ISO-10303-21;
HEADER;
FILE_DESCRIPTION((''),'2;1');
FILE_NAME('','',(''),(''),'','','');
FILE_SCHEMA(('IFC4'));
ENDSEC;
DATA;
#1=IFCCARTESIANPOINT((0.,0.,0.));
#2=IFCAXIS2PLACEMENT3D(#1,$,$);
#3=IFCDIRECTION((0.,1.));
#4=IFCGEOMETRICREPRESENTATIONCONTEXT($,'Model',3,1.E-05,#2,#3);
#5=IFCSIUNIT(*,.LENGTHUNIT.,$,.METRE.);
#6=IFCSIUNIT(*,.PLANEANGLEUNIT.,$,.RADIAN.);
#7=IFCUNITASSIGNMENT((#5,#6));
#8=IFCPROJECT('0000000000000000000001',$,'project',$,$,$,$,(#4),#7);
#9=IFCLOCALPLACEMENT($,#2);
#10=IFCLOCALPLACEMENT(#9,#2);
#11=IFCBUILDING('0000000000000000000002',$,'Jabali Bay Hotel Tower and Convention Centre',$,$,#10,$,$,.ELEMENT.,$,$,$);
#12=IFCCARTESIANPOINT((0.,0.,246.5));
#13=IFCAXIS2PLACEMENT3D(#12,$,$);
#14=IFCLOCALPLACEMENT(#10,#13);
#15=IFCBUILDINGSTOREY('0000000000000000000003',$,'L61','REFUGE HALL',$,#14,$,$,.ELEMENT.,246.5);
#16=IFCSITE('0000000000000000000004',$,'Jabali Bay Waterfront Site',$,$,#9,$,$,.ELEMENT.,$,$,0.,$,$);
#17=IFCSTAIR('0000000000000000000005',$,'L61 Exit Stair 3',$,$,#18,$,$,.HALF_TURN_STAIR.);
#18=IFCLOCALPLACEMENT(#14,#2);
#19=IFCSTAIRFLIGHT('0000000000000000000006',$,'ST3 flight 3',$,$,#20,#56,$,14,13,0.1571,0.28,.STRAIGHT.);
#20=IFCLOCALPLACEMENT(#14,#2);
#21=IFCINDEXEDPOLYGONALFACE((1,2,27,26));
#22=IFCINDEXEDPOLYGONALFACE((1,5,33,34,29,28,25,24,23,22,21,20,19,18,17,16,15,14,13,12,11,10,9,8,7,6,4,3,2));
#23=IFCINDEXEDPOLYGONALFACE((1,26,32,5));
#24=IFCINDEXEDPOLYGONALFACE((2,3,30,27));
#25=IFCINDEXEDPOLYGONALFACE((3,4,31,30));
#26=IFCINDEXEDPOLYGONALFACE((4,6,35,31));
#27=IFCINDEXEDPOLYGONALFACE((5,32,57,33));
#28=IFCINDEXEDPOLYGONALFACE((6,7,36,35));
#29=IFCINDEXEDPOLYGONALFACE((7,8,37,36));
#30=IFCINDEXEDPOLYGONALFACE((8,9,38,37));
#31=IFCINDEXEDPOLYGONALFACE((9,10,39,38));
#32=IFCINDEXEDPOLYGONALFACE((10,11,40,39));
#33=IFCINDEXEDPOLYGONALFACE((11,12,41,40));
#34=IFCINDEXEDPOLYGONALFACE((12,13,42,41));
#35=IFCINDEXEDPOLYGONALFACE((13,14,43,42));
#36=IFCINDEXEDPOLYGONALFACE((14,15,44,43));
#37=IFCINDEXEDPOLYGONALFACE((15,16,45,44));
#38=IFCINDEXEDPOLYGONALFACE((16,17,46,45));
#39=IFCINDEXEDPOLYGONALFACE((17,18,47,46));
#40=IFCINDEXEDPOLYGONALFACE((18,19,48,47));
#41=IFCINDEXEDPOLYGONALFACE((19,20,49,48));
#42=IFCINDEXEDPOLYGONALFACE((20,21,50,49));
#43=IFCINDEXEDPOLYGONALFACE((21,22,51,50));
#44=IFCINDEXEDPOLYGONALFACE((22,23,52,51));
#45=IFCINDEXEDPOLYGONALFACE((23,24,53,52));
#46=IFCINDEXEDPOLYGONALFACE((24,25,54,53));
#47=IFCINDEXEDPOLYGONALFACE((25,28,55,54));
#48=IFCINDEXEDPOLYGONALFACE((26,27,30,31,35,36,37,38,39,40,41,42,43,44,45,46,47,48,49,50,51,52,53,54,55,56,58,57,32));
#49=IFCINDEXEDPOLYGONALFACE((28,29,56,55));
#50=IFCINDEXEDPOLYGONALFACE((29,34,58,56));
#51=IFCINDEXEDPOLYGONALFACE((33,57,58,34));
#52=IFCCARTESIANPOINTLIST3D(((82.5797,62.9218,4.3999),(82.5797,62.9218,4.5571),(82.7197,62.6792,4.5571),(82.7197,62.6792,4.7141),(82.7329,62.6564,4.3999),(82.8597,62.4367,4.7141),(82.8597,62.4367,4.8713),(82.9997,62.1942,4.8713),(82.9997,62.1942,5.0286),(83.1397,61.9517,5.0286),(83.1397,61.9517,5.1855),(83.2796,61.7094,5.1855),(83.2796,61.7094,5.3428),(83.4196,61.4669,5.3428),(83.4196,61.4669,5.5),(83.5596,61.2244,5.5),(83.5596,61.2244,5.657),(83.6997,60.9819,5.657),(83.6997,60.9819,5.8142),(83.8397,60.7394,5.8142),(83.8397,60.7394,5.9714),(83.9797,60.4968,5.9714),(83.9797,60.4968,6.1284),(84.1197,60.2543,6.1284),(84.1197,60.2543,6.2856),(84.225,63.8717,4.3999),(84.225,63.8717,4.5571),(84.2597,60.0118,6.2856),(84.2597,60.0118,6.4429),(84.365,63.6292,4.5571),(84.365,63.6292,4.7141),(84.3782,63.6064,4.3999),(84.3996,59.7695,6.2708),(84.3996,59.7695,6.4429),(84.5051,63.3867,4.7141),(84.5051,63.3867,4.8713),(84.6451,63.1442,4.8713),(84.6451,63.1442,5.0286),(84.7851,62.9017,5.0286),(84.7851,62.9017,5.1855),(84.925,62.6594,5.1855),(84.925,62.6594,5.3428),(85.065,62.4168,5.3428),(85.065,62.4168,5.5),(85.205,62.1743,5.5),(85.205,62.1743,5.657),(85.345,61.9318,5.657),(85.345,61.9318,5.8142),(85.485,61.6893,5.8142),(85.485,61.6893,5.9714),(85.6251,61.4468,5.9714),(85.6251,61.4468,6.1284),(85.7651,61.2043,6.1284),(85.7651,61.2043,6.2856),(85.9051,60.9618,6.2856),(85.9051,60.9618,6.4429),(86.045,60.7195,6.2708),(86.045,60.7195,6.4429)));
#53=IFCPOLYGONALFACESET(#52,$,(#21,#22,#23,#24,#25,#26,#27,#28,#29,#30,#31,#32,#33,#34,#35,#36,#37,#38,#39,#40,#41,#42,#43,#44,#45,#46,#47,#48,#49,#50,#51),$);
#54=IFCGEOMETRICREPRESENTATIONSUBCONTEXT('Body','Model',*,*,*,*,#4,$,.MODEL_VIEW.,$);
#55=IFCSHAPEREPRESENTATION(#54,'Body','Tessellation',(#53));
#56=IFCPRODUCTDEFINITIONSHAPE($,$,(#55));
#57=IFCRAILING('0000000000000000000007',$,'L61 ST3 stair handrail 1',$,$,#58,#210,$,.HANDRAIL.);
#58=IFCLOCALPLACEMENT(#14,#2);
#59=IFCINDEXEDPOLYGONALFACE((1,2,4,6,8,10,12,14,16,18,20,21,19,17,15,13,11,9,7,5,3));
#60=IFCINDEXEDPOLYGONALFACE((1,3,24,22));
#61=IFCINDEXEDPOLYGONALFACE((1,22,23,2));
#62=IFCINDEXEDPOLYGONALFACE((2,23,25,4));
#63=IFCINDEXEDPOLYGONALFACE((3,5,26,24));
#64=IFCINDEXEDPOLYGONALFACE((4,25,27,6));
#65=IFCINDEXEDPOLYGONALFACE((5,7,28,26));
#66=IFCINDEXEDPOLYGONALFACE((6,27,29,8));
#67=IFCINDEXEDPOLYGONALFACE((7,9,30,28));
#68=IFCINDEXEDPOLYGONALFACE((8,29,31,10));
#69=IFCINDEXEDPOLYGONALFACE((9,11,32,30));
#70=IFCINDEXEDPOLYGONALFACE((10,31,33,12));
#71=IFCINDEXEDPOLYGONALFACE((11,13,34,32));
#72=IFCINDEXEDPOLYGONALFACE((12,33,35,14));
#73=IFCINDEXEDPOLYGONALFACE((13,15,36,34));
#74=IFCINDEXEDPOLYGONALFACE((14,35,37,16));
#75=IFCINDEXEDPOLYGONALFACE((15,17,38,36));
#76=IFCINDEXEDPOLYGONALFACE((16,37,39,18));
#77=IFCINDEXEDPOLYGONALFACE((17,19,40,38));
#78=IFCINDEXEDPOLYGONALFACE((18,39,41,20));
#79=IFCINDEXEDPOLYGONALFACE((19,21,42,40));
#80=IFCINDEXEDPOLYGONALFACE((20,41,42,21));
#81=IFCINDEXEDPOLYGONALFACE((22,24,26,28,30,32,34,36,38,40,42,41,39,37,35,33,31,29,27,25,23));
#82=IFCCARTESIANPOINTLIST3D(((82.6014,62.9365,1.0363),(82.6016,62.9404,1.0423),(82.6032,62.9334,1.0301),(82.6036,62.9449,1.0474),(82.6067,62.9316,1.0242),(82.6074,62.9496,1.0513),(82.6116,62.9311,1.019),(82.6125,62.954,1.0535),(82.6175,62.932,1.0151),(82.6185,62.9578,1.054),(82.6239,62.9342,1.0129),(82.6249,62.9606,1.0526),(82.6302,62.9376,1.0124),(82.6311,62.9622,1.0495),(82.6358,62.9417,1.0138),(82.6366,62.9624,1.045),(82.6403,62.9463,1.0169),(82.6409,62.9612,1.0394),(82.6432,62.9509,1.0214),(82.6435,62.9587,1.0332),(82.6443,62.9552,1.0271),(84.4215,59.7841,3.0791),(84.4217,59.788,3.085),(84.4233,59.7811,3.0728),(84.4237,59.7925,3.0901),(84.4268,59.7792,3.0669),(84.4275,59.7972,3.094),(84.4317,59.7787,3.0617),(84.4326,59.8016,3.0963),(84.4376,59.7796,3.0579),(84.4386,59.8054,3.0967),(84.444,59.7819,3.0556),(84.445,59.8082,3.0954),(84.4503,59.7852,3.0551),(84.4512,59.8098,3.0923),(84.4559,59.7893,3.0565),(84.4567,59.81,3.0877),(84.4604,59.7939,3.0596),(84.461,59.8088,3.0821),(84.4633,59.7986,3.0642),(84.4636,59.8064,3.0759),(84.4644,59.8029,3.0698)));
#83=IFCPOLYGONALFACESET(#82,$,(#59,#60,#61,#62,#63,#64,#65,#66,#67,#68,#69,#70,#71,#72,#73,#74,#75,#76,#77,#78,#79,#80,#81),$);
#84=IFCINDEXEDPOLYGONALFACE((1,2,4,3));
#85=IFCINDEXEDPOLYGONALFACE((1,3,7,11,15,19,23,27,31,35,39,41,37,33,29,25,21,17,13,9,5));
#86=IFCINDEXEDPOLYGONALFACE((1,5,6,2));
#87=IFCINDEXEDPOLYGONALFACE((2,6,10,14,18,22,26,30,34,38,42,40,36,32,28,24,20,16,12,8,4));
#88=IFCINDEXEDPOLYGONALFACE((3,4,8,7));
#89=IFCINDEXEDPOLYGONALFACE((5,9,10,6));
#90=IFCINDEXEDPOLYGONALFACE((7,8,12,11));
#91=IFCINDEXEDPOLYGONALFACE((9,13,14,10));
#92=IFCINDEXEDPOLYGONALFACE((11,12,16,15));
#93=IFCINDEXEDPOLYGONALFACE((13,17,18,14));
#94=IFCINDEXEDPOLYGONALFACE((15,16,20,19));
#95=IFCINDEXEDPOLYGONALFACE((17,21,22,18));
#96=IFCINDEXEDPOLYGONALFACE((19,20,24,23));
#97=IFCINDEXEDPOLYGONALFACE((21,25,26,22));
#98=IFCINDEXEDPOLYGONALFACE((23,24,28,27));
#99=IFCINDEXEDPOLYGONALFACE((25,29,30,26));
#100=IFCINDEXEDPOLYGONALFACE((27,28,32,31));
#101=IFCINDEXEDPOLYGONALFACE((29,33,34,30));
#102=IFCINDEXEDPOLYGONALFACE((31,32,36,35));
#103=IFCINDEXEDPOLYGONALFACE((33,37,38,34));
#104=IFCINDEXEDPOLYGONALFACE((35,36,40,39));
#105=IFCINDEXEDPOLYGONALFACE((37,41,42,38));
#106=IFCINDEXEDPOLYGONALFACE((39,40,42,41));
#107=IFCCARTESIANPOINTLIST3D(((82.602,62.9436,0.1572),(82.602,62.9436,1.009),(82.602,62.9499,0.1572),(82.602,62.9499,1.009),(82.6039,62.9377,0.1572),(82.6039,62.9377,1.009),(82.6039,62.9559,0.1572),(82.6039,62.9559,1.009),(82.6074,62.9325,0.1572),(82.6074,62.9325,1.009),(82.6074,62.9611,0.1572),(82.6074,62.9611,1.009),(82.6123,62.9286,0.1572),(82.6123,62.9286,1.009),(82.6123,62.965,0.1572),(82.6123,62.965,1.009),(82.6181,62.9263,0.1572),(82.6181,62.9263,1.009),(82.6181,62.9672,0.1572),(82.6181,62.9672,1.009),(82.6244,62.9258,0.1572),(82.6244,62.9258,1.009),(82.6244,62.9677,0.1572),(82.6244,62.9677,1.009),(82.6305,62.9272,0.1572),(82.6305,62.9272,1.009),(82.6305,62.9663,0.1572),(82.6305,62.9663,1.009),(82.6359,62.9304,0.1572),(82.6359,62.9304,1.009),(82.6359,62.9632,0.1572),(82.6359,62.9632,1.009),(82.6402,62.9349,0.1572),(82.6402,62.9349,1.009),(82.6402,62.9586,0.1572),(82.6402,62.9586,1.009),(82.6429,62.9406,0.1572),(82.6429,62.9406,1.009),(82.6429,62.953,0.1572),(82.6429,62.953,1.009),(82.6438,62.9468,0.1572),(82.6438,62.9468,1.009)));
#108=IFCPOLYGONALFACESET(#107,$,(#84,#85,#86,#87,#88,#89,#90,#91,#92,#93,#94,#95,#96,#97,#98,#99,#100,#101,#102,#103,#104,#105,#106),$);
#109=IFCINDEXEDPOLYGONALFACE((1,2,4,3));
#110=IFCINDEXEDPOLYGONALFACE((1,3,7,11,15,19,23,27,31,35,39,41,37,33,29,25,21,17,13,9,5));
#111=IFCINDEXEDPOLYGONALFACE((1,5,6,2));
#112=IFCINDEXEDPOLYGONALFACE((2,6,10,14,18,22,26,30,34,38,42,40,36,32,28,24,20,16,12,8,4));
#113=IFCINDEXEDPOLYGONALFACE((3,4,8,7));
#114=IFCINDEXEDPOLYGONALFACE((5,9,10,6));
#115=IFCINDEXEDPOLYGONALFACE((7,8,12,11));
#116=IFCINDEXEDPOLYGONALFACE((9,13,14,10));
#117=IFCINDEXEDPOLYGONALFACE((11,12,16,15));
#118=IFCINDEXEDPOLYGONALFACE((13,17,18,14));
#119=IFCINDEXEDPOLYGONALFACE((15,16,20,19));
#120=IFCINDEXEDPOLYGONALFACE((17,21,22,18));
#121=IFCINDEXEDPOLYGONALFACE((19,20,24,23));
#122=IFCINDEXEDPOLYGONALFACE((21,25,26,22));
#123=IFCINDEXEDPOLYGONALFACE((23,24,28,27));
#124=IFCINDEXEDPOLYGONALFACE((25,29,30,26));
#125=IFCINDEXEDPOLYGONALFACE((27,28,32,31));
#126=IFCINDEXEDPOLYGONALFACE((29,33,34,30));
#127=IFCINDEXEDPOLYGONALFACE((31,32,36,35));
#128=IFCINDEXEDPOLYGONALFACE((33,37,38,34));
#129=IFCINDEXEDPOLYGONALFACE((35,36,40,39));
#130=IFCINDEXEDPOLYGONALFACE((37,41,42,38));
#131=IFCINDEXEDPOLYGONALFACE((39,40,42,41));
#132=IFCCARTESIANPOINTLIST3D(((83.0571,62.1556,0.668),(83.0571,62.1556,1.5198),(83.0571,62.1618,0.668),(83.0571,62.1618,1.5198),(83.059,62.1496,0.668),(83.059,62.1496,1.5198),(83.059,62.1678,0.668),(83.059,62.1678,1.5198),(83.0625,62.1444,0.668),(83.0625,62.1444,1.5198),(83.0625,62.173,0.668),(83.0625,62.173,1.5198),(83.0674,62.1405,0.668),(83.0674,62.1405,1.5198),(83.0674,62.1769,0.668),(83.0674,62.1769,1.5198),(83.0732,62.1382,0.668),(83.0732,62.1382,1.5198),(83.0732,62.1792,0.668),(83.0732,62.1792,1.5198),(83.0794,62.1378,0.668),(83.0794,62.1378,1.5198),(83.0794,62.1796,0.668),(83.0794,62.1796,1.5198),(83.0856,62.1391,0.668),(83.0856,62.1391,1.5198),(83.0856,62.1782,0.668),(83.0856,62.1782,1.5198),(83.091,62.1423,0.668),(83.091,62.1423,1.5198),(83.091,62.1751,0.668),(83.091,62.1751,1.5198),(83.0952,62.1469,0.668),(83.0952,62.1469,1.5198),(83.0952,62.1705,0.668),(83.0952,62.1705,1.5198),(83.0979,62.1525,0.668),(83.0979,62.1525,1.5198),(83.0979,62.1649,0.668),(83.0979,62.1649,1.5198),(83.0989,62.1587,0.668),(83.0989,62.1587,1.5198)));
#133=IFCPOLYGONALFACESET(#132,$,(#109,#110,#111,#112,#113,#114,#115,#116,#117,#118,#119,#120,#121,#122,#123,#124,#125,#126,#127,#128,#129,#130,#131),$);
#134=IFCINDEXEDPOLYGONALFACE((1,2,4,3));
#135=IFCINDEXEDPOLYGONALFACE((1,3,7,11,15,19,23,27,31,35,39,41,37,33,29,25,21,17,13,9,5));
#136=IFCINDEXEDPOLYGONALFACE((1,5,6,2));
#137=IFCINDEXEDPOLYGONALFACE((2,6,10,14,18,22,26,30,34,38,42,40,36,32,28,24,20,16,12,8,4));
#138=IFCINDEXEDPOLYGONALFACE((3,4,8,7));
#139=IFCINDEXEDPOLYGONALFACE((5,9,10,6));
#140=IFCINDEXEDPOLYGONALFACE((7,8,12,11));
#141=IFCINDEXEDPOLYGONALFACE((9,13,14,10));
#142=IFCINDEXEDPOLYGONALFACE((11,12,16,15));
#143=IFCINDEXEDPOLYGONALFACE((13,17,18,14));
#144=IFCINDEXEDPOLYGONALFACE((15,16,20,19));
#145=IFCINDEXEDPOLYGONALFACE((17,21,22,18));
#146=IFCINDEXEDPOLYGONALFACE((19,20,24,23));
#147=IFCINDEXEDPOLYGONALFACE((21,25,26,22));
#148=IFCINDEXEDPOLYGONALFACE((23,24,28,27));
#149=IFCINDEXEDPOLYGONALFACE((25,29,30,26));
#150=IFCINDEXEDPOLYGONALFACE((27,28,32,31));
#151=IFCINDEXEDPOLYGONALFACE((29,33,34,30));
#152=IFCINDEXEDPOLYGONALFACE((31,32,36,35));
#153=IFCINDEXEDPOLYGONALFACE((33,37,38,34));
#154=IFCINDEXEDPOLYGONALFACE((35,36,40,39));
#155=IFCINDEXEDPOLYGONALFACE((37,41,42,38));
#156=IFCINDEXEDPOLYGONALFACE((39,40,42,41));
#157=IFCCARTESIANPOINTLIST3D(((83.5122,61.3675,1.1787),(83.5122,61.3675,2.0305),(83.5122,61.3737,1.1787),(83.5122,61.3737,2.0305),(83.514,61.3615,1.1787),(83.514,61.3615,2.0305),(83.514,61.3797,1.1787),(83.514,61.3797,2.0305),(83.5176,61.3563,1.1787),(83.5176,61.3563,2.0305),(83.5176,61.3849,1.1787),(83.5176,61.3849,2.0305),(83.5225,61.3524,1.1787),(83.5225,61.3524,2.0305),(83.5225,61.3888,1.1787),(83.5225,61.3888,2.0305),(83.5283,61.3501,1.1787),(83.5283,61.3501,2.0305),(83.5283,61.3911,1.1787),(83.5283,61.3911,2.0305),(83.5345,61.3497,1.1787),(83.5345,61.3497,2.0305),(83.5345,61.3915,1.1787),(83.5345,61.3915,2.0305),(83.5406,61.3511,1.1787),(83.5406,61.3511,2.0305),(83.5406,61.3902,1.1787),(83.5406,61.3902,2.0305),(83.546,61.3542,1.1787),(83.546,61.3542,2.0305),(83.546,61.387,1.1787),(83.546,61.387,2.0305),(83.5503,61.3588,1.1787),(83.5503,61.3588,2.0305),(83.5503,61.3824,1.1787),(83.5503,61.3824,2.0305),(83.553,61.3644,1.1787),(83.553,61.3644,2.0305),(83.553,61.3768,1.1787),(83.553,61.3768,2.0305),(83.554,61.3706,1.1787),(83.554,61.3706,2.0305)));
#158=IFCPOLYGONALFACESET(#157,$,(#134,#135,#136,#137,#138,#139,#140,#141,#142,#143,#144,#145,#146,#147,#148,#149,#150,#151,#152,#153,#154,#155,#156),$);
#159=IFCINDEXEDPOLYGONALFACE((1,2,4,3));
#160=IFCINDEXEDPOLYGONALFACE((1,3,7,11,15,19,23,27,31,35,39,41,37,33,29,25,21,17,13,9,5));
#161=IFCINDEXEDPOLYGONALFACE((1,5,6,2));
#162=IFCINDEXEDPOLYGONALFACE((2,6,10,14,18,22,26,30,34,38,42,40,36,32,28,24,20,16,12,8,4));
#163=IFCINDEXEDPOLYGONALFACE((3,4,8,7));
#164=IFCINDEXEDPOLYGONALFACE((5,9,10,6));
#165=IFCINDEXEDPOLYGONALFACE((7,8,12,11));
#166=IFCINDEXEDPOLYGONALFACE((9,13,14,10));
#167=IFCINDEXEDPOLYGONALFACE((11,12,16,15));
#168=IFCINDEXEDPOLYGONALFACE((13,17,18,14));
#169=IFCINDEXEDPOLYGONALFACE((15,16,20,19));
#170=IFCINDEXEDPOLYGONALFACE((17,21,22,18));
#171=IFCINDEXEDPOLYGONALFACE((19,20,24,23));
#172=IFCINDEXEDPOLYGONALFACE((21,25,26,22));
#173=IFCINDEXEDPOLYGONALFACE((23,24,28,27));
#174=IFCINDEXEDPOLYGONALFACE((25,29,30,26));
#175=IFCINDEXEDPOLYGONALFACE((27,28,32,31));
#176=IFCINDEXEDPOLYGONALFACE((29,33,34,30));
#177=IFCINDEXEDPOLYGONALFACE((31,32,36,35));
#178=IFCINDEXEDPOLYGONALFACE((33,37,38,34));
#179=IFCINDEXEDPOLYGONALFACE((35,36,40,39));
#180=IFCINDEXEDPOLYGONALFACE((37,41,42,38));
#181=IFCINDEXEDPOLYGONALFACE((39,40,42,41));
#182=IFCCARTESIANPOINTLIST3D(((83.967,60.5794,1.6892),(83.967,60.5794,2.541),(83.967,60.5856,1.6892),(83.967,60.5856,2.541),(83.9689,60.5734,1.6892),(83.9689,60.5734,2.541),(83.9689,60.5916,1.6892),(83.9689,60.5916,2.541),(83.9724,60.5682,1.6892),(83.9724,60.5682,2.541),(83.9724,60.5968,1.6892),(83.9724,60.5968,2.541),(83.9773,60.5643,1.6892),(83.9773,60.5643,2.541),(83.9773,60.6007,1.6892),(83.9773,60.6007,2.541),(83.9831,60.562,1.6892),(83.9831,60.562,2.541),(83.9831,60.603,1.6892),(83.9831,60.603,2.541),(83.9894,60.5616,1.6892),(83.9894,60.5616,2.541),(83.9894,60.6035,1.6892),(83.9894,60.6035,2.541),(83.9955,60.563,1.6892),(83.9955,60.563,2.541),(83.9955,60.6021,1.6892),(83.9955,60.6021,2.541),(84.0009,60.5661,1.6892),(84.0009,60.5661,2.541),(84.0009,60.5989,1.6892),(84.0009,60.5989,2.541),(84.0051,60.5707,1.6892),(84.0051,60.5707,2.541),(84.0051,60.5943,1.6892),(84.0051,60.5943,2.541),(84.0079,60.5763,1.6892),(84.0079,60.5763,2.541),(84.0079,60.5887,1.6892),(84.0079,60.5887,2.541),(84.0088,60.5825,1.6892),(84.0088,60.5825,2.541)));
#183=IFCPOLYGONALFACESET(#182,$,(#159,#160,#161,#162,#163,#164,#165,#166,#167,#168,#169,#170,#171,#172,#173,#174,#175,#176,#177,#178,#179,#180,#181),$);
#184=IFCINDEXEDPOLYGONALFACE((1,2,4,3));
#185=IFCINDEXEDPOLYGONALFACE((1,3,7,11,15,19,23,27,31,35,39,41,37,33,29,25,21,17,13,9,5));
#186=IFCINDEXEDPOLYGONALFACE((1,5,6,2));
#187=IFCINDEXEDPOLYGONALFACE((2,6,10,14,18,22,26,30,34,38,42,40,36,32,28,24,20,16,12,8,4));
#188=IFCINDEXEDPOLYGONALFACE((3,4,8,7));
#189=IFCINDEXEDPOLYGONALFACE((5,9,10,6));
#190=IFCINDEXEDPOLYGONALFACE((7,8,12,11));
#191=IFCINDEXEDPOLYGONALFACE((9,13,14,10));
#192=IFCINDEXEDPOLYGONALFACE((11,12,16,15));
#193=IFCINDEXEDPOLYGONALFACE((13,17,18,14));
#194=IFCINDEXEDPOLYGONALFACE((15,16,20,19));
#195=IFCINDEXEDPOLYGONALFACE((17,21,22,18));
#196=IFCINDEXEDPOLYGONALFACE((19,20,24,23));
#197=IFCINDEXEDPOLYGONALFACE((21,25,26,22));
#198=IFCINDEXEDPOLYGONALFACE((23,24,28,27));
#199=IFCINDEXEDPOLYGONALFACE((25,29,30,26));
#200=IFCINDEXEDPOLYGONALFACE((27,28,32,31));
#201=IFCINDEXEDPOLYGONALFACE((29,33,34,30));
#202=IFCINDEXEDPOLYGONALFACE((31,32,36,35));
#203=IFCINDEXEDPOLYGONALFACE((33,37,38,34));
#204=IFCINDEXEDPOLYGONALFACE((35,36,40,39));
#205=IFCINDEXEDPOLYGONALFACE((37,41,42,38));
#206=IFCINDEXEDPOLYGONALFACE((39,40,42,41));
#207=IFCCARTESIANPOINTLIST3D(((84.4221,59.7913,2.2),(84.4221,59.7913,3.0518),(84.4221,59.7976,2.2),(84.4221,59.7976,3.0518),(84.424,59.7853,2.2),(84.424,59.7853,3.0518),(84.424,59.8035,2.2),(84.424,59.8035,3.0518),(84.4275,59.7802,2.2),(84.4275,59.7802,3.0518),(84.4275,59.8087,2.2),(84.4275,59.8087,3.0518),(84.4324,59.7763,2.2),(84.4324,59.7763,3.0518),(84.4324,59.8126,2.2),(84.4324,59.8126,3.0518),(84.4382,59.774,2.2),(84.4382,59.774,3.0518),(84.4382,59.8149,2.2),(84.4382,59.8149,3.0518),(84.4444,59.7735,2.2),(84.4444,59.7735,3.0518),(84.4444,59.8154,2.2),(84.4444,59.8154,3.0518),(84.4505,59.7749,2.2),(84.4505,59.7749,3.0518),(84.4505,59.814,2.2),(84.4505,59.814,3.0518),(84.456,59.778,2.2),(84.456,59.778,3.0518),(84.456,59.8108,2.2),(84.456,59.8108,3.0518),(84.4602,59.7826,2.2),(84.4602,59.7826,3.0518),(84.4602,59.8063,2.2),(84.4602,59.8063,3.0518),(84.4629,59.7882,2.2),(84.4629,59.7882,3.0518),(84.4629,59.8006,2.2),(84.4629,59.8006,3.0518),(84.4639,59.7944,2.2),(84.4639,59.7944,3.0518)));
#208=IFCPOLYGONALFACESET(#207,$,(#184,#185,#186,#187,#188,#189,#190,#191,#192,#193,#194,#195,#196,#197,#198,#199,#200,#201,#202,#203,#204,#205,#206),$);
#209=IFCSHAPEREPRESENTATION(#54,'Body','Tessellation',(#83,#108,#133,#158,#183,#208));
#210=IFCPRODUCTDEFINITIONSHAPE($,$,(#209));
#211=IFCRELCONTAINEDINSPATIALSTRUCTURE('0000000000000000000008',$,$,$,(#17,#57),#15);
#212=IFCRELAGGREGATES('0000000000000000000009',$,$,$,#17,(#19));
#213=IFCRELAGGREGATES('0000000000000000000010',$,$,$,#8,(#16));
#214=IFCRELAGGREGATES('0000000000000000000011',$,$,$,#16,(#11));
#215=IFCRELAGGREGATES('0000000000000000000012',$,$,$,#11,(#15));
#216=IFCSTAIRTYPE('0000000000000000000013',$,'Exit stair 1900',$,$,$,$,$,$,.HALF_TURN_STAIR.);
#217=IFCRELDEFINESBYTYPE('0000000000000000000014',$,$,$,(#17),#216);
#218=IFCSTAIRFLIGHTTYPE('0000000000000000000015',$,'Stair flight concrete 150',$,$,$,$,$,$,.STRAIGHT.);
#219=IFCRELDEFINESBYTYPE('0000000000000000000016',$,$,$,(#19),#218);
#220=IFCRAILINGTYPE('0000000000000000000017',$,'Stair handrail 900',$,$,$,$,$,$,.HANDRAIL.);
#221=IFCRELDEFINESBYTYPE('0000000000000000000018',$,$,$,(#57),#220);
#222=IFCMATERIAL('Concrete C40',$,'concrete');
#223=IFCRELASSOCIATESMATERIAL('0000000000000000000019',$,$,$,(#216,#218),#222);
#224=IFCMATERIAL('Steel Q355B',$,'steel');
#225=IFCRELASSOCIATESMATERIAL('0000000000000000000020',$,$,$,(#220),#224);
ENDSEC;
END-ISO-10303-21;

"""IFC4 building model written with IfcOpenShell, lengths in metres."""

from ifc_helpers import new_model, si_unit, direction, frame, origin, origin_2d, place, context, subcontext, project, spatial, polyline, circle, outline, extrude, material, type_object, element, aggregate, save


model = new_model("IFC4")

# Units and contexts
model_context = context("Model", 3, precision=1e-05, world=origin(), true_north=direction((0.0, 1.0)))
body_context = subcontext(model_context, "Body", "Model", "MODEL_VIEW")
ifc_project = project(units=[si_unit("LENGTHUNIT", "METRE"), si_unit("PLANEANGLEUNIT", "RADIAN")], contexts=[model_context])

# Site, building, storey
site_placement = place(None, origin())
site = spatial("IfcSite", under=ifc_project, at=site_placement, Name="Jabali Bay Waterfront Site", CompositionType="ELEMENT", RefElevation=0.0)
building_placement = place(site_placement, origin())
building = spatial("IfcBuilding", under=site, at=building_placement, Name="Jabali Bay Hotel Tower and Convention Centre", CompositionType="ELEMENT")
storey_placement = place(building_placement, frame((0.0, 0.0, 246.5)))
storey = spatial("IfcBuildingStorey", under=building, at=storey_placement, Name="L61", Description="REFUGE HALL", CompositionType="ELEMENT", Elevation=246.5)

# Shared definitions
ifc_material_1 = material(Name="Concrete C40", Category="concrete")

# Shared definitions
ifc_material_2 = material(Name="Steel Q355B", Category="steel")

# Stair, stair flight
stair_type = type_object("IfcStairType", Name="Exit stair 1900", PredefinedType="HALF_TURN_STAIR", material=ifc_material_1)
stair_placement = place(storey_placement, origin())
stair = element("IfcStair", 1, at=stair_placement, inside=storey, type_object=stair_type, Name="L61 Exit Stair 3", PredefinedType="HALF_TURN_STAIR")
stair_flight_type = type_object("IfcStairFlightType", Name="Stair flight concrete 150", PredefinedType="STRAIGHT", material=ifc_material_1)
stair_flight_1_placement = place(storey_placement, frame((83.4023, 63.3967, 4.3999), z_axis=(0.0, 0.0, 1.0), x_axis=(0.5, -0.866025, 0.0)))
stair_flight_1 = element("IfcStairFlight", 2, at=stair_flight_1_placement, type_object=stair_flight_type, Name="ST3 flight 3", NumberOfRisers=14, NumberOfTreads=13, PredefinedType="STRAIGHT", RiserHeight=0.1571, TreadLength=0.28, context=body_context, shape_type="SweptSolid", body=[
    extrude(outline(polyline([(0.0, 0.0), (0.0, 0.1572), (0.28, 0.1572), (0.28, 0.3142), (0.5601, 0.3142), (0.5601, 0.4714), (0.8401, 0.4714), (0.8401, 0.6287), (1.1201, 0.6287), (1.1201, 0.7856), (1.3999, 0.7856), (1.3999, 0.9429), (1.6799, 0.9429), (1.6799, 1.1001), (1.96, 1.1001), (1.96, 1.2571), (2.24, 1.2571), (2.24, 1.4143), (2.52, 1.4143), (2.52, 1.5715), (2.8, 1.5715), (2.8, 1.7285), (3.0801, 1.7285), (3.0801, 1.8857), (3.3601, 1.8857), (3.3601, 2.043), (3.6399, 2.043), (3.6399, 2.2), (3.6399, 1.8708), (0.3064, 0.0), (0.0, 0.0)])), frame((0.0, 0.95, 0.0), z_axis=(0.0, -1.0, 0.0), x_axis=(1.0, 0.0, 0.0)), (0.0, 0.0, 1.0), 1.8999),
])
aggregate(stair, [stair_flight_1])

# Railing
railing_type_1 = type_object("IfcRailingType", Name="Stair handrail 900", PredefinedType="HANDRAIL", material=ifc_material_2)
railing_1_placement = place(storey_placement, frame((82.6228, 62.9468, 0.1572)))
element("IfcRailing", 3, at=railing_1_placement, inside=storey, type_object=railing_type_1, Name="L61 ST3 stair handrail 1", PredefinedType="HANDRAIL", context=body_context, shape_type="SweptSolid", body=[
    extrude(circle(Radius=0.0239, at=origin_2d()), frame((0.0, 0.0, 0.876), z_axis=(0.436044, -0.755225, 0.489387), x_axis=(0.866018, 0.500013, 0.0)), (0.0, 0.0, 1.0), 4.1741),
    extrude(circle(Radius=0.021, at=origin_2d()), origin(), (0.0, 0.0, 1.0), 0.8518),
    extrude(circle(Radius=0.021, at=origin_2d()), frame((0.4551, -0.7881, 0.5107)), (0.0, 0.0, 1.0), 0.8518),
    extrude(circle(Radius=0.021, at=origin_2d()), frame((0.9102, -1.5762, 1.0215)), (0.0, 0.0, 1.0), 0.8518),
    extrude(circle(Radius=0.021, at=origin_2d()), frame((1.365, -2.3643, 1.532)), (0.0, 0.0, 1.0), 0.8518),
    extrude(circle(Radius=0.021, at=origin_2d()), frame((1.8201, -3.1523, 2.0427)), (0.0, 0.0, 1.0), 0.8518),
])

save(model, "model.ifc")
